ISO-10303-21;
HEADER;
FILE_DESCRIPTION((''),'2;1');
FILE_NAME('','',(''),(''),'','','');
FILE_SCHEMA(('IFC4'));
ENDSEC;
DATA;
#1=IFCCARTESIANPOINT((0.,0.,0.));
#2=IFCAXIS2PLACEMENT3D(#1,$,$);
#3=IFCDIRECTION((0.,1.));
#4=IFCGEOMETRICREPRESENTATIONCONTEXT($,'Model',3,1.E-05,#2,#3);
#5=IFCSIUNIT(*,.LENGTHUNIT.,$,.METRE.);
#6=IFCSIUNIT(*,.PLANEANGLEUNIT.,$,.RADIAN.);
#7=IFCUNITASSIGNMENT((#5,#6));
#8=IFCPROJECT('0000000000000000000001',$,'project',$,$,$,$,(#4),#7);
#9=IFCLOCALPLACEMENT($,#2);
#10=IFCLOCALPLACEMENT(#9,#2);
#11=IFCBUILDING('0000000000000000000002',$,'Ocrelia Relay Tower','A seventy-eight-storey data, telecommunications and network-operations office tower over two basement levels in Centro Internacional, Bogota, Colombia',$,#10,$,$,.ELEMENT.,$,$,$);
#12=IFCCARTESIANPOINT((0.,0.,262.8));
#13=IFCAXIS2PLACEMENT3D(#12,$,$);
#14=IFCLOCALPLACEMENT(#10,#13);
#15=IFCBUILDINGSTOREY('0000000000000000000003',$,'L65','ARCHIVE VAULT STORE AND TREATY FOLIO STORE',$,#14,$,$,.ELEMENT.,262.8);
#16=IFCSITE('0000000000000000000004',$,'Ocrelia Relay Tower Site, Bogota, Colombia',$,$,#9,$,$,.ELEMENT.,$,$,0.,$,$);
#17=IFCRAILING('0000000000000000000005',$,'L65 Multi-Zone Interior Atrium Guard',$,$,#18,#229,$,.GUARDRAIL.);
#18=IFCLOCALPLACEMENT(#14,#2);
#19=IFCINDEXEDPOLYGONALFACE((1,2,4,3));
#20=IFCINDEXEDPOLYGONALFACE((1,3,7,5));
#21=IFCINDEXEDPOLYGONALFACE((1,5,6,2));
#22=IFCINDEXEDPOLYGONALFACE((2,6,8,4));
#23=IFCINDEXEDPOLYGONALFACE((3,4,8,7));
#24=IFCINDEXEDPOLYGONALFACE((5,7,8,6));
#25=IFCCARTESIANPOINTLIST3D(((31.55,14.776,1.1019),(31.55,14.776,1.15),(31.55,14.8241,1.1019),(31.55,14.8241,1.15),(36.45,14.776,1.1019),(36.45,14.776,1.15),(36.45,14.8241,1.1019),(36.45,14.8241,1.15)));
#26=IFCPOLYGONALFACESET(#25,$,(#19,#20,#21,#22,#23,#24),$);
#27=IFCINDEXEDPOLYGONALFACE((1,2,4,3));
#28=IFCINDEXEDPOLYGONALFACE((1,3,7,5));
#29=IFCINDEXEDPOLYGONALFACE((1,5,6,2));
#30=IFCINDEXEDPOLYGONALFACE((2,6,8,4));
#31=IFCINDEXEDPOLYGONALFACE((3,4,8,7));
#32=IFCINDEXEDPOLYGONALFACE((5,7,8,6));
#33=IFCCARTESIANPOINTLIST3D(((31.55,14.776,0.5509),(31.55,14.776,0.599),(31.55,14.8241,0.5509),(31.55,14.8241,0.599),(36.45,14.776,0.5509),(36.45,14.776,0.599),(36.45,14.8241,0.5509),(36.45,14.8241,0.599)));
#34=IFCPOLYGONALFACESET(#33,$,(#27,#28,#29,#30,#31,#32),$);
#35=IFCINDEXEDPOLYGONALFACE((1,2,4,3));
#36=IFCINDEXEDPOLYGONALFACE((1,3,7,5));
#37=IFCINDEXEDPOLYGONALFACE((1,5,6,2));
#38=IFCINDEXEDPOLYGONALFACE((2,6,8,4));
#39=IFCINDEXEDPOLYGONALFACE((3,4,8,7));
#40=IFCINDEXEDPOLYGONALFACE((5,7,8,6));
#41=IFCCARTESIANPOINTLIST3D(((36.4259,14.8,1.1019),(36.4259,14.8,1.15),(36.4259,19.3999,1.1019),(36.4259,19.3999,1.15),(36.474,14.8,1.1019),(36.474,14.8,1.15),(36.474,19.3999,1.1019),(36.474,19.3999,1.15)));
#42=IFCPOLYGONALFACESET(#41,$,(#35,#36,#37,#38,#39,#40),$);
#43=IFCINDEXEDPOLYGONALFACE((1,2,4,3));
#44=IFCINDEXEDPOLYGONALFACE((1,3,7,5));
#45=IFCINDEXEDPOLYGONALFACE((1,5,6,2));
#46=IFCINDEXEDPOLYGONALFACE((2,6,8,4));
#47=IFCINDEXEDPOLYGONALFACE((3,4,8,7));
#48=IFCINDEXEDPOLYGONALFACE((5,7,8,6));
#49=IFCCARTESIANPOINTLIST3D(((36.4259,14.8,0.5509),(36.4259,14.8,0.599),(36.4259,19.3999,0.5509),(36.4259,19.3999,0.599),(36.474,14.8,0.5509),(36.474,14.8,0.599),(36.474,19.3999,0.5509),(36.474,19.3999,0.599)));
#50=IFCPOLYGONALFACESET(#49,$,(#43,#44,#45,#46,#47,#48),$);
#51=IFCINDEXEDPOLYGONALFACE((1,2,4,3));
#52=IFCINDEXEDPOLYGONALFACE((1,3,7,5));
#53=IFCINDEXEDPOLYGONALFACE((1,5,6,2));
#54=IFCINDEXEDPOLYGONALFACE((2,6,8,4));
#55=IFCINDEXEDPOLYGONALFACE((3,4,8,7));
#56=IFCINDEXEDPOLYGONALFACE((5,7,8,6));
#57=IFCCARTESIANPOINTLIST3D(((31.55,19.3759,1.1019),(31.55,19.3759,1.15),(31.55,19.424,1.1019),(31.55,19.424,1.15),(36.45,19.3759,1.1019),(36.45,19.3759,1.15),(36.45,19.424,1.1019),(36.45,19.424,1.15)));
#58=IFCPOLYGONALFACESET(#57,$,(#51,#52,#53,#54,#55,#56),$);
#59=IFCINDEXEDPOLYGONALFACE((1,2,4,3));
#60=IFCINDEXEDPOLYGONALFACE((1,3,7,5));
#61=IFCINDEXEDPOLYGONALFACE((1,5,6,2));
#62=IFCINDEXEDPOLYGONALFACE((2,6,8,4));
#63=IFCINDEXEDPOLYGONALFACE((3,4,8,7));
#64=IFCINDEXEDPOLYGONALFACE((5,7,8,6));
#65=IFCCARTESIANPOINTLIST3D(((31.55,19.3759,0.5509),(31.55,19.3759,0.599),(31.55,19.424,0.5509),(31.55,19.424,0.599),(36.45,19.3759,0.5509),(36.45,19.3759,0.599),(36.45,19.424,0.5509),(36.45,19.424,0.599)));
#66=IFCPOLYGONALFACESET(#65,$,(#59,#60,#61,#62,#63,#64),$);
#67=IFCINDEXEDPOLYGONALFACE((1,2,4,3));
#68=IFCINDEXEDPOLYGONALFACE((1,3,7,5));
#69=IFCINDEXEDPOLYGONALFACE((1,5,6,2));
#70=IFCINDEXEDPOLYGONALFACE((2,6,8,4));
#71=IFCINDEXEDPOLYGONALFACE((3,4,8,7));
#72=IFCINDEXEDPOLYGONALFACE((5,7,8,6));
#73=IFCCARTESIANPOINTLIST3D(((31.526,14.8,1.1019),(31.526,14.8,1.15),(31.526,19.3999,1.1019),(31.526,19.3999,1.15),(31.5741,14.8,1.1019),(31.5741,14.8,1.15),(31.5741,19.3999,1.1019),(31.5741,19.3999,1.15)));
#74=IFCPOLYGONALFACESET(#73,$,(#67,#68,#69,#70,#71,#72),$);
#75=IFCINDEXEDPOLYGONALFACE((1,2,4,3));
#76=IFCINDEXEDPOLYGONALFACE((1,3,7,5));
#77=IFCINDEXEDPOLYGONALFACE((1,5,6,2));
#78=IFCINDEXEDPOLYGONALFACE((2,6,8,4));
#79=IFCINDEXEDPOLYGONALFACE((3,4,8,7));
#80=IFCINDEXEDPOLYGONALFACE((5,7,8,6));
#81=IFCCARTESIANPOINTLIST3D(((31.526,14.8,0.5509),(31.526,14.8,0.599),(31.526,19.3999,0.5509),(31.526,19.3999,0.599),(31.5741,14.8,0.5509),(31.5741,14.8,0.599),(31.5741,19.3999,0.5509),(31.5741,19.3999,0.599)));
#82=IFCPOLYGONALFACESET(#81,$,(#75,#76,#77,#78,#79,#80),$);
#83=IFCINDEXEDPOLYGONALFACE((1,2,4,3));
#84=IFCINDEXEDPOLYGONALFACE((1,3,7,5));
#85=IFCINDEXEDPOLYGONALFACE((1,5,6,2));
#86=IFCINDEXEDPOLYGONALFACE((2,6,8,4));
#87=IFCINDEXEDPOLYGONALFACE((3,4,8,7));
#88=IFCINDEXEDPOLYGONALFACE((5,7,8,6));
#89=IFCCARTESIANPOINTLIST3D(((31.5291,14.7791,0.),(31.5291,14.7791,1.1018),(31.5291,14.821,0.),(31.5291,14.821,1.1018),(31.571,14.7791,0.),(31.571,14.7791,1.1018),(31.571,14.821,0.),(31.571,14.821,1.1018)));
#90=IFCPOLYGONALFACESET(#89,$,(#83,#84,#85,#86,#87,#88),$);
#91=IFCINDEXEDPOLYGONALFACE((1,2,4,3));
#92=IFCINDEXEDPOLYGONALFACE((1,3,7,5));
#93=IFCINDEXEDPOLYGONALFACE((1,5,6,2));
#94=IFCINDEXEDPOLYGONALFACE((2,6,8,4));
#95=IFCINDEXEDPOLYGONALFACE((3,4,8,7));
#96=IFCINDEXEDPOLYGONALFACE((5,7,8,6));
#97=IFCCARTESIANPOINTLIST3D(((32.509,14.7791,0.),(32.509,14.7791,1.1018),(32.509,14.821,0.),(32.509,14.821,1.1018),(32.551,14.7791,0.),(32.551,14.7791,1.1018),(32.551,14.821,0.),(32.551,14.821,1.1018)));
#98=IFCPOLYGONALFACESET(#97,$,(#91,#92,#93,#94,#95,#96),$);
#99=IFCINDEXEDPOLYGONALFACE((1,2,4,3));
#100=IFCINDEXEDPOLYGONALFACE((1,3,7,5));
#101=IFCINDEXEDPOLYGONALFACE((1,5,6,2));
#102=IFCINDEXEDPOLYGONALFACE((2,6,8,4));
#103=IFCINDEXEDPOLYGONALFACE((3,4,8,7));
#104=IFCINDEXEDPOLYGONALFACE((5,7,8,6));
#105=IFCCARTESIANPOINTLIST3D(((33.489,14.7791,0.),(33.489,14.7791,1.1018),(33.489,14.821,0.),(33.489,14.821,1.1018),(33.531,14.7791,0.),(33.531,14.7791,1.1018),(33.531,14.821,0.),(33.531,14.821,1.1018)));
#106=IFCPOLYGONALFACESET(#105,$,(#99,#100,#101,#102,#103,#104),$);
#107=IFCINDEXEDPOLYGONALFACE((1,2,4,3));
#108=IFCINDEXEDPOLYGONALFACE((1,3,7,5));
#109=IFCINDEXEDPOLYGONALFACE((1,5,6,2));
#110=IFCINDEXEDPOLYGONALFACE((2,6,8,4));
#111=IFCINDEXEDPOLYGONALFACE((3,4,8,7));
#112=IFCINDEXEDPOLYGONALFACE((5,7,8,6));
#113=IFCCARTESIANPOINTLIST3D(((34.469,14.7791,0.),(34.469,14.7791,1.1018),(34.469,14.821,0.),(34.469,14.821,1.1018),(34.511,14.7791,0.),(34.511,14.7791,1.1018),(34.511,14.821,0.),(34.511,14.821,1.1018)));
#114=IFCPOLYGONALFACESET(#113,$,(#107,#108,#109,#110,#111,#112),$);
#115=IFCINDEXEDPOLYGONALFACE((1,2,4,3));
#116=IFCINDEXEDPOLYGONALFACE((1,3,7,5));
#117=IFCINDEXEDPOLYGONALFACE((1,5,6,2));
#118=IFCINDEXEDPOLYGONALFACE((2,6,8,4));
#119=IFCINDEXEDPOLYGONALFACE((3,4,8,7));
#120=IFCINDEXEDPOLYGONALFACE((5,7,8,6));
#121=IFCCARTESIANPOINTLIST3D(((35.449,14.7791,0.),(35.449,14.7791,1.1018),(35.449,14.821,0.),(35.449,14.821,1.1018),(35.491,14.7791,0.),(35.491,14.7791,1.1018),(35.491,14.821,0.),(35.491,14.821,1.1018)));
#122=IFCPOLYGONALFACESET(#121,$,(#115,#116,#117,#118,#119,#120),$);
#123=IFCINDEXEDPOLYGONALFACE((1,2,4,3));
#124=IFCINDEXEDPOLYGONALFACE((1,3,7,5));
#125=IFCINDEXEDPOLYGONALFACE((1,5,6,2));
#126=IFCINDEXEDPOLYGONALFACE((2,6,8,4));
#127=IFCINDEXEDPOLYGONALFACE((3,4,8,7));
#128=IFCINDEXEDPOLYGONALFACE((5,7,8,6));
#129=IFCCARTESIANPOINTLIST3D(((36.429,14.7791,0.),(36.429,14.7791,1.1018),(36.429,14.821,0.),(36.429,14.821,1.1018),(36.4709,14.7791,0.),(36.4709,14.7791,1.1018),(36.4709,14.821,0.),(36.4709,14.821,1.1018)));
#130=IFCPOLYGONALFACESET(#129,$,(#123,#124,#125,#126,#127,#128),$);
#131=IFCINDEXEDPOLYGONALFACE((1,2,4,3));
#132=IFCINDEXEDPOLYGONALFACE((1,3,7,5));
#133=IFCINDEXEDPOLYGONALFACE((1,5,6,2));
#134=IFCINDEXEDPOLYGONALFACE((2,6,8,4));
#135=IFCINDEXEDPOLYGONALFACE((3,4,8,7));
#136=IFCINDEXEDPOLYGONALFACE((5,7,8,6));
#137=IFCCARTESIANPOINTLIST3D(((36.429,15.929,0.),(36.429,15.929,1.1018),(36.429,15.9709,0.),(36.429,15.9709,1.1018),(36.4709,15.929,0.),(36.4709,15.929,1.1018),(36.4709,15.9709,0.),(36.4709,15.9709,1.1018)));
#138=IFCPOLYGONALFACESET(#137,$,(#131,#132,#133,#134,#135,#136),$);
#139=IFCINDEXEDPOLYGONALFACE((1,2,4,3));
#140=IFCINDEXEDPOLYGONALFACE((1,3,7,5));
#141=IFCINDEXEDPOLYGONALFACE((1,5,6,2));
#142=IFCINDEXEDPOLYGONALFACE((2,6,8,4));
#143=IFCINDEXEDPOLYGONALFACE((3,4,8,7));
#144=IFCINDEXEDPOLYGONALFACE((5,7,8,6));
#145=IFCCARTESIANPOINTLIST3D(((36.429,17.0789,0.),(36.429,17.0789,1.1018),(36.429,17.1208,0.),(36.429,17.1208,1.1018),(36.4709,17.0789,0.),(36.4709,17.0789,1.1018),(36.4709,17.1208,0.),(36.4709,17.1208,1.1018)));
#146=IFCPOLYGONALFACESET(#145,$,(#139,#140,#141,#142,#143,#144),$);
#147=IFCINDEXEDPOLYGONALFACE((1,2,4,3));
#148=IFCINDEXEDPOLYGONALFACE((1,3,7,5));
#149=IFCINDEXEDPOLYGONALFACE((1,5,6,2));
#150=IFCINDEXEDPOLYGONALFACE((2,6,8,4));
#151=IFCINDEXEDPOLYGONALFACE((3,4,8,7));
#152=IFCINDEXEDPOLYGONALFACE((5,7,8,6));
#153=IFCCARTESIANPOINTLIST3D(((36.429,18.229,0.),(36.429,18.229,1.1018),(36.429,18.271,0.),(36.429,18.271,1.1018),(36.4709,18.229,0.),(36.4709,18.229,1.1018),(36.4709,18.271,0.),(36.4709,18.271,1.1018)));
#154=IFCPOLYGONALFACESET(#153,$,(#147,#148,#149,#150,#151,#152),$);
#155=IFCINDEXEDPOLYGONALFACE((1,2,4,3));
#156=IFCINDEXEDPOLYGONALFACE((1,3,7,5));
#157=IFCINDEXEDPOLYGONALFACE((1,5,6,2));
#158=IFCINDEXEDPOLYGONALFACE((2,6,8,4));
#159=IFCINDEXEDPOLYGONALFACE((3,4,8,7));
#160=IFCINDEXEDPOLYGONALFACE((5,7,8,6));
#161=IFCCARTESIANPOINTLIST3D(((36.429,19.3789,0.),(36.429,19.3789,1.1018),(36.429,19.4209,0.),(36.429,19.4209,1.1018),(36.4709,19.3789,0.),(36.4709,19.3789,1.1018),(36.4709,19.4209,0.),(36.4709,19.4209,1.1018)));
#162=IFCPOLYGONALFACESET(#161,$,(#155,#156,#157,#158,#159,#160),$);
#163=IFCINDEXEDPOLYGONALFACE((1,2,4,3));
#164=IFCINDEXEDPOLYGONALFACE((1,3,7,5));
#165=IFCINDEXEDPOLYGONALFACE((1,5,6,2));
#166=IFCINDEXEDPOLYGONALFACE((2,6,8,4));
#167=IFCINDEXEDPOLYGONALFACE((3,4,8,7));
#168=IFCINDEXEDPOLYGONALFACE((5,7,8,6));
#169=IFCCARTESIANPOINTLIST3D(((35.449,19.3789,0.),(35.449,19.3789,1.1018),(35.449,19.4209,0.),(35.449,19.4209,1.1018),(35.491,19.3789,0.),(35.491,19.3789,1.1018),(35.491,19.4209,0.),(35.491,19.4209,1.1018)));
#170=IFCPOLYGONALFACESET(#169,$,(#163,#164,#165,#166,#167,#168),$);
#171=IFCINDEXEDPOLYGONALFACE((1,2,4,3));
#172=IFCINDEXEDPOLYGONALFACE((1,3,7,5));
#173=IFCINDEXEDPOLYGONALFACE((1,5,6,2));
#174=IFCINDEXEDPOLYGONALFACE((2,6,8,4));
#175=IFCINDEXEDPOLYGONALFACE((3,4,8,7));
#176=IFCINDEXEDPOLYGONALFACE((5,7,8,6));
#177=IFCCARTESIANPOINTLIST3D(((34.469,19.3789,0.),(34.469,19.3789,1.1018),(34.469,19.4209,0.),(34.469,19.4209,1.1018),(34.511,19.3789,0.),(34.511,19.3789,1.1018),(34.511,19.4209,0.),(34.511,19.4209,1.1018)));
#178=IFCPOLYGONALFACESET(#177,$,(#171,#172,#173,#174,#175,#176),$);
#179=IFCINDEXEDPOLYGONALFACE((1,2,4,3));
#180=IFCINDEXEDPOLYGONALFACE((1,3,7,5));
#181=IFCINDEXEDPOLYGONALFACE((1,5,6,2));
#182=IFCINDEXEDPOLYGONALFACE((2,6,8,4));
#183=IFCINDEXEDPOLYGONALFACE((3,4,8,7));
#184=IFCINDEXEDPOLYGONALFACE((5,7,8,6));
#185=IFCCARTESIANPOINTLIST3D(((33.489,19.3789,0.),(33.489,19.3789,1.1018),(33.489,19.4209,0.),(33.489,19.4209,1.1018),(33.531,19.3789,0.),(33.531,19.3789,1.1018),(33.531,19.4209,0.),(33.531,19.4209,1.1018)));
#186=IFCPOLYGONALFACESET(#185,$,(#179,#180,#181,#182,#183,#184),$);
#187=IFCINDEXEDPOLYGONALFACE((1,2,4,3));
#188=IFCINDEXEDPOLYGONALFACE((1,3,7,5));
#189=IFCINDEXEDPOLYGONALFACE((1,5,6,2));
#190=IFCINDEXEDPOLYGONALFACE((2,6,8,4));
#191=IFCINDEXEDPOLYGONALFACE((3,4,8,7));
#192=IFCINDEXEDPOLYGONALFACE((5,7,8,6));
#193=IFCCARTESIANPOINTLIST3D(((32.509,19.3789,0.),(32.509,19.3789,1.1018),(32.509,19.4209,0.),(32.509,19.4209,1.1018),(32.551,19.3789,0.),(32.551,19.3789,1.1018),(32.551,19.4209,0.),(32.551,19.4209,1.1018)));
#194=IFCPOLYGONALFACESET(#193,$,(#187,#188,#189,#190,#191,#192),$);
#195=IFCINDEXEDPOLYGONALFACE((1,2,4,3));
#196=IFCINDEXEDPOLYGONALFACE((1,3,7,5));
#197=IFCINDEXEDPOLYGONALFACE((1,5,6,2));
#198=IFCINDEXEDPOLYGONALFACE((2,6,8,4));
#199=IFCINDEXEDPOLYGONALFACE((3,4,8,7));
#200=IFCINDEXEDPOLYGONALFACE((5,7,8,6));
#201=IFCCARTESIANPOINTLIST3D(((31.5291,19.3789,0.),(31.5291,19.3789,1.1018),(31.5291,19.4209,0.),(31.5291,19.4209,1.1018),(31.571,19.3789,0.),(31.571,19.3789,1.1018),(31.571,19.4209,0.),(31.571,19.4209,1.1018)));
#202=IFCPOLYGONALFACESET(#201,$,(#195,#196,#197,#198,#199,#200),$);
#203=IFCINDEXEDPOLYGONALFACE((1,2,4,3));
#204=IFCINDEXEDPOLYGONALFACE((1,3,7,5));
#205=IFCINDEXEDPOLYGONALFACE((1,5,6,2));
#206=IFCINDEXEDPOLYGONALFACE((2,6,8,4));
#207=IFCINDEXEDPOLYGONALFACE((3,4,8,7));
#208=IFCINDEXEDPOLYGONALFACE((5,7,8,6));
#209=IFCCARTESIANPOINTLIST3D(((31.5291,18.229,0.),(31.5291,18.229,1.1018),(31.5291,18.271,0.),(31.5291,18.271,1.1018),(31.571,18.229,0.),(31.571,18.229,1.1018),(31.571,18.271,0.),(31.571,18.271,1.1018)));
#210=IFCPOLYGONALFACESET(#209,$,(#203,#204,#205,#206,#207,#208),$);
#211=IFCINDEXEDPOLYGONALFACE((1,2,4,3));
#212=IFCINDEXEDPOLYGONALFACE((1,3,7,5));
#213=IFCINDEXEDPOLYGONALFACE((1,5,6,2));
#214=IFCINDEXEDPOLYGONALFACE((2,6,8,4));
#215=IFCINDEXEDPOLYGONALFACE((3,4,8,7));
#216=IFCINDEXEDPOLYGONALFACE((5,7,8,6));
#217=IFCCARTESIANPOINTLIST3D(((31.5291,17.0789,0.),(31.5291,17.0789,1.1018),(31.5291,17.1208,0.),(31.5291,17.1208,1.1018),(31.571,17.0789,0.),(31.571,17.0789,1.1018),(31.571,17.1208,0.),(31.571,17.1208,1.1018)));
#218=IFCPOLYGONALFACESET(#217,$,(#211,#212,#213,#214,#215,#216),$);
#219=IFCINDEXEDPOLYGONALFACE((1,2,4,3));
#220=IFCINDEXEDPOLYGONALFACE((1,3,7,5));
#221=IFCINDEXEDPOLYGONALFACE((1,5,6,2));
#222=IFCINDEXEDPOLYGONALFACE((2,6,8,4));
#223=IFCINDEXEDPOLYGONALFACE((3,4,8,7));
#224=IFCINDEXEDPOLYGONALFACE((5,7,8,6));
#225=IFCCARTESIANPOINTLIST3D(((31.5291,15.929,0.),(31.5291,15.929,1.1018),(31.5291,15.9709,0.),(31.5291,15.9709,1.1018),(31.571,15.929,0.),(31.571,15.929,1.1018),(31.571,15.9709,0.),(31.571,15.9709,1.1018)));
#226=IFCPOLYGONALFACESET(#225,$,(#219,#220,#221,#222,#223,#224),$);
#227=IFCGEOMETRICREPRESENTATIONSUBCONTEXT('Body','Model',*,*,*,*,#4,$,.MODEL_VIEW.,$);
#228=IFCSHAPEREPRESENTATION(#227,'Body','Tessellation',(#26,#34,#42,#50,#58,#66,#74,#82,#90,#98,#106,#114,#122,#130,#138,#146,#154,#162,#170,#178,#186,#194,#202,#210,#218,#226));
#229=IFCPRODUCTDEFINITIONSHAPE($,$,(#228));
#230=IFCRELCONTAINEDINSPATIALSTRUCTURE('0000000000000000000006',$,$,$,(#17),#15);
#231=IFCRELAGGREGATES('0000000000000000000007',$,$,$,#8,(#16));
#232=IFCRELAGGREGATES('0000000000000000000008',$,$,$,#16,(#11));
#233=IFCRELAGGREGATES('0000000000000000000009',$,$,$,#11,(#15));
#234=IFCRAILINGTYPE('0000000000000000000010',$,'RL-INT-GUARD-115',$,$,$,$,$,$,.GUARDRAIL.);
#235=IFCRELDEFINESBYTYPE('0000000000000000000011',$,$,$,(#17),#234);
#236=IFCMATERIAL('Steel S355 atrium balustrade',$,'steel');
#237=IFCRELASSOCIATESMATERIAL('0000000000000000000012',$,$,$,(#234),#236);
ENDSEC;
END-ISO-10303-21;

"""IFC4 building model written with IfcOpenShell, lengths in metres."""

from ifc_helpers import new_model, si_unit, direction, frame, origin, origin_2d, place, context, subcontext, project, spatial, rectangle, extrude, material, type_object, element, save


model = new_model("IFC4")

# Units and contexts
model_context = context("Model", 3, precision=1e-05, world=origin(), true_north=direction((0.0, 1.0)))
body_context = subcontext(model_context, "Body", "Model", "MODEL_VIEW")
ifc_project = project(units=[si_unit("LENGTHUNIT", "METRE"), si_unit("PLANEANGLEUNIT", "RADIAN")], contexts=[model_context])

# Site, building, storey
site_placement = place(None, origin())
site = spatial("IfcSite", under=ifc_project, at=site_placement, Name="Ocrelia Relay Tower Site, Bogota, Colombia", CompositionType="ELEMENT", RefElevation=0.0)
building_placement = place(site_placement, origin())
building = spatial("IfcBuilding", under=site, at=building_placement, Name="Ocrelia Relay Tower", Description="A seventy-eight-storey data, telecommunications and network-operations office tower over two basement levels in Centro Internacional, Bogota, Colombia", CompositionType="ELEMENT")
storey_placement = place(building_placement, frame((0.0, 0.0, 262.8)))
storey = spatial("IfcBuildingStorey", under=building, at=storey_placement, Name="L65", Description="ARCHIVE VAULT STORE AND TREATY FOLIO STORE", CompositionType="ELEMENT", Elevation=262.8)

# Railing
ifc_material_1 = material(Name="Steel S355 atrium balustrade", Category="steel")
railing_type = type_object("IfcRailingType", Name="RL-INT-GUARD-115", PredefinedType="GUARDRAIL", material=ifc_material_1)
railing_placement = place(storey_placement, frame((31.55, 14.8, 0.0)))
element("IfcRailing", 1, at=railing_placement, inside=storey, type_object=railing_type, Name="L65 Multi-Zone Interior Atrium Guard", PredefinedType="GUARDRAIL", context=body_context, shape_type="SweptSolid", body=[
    extrude(rectangle(XDim=0.0481, YDim=0.0481, at=origin_2d()), frame((0.0, 0.0, 1.126), z_axis=(1.0, 0.0, 0.0), x_axis=(0.0, 1.0, 0.0)), (0.0, 0.0, 1.0), 4.8999),
    extrude(rectangle(XDim=0.0481, YDim=0.0481, at=origin_2d()), frame((0.0, 0.0, 0.575), z_axis=(1.0, 0.0, 0.0), x_axis=(0.0, 1.0, 0.0)), (0.0, 0.0, 1.0), 4.8999),
    extrude(rectangle(XDim=0.0481, YDim=0.0481, at=origin_2d()), frame((4.8999, 0.0, 1.126), z_axis=(0.0, 1.0, 0.0), x_axis=(-1.0, 0.0, 0.0)), (0.0, 0.0, 1.0), 4.5999),
    extrude(rectangle(XDim=0.0481, YDim=0.0481, at=origin_2d()), frame((4.8999, 0.0, 0.575), z_axis=(0.0, 1.0, 0.0), x_axis=(-1.0, 0.0, 0.0)), (0.0, 0.0, 1.0), 4.5999),
    extrude(rectangle(XDim=0.0481, YDim=0.0481, at=origin_2d()), frame((4.8999, 4.5999, 1.126), z_axis=(-1.0, 0.0, 0.0), x_axis=(0.0, -1.0, 0.0)), (0.0, 0.0, 1.0), 4.8999),
    extrude(rectangle(XDim=0.0481, YDim=0.0481, at=origin_2d()), frame((4.8999, 4.5999, 0.575), z_axis=(-1.0, 0.0, 0.0), x_axis=(0.0, -1.0, 0.0)), (0.0, 0.0, 1.0), 4.8999),
    extrude(rectangle(XDim=0.0481, YDim=0.0481, at=origin_2d()), frame((0.0, 4.5999, 1.126), z_axis=(0.0, -1.0, 0.0), x_axis=(1.0, 0.0, 0.0)), (0.0, 0.0, 1.0), 4.5999),
    extrude(rectangle(XDim=0.0481, YDim=0.0481, at=origin_2d()), frame((0.0, 4.5999, 0.575), z_axis=(0.0, -1.0, 0.0), x_axis=(1.0, 0.0, 0.0)), (0.0, 0.0, 1.0), 4.5999),
    extrude(rectangle(XDim=0.042, YDim=0.042, at=origin_2d()), origin(), (0.0, 0.0, 1.0), 1.1018),
    extrude(rectangle(XDim=0.042, YDim=0.042, at=origin_2d()), frame((0.98, 0.0, 0.0)), (0.0, 0.0, 1.0), 1.1018),
    extrude(rectangle(XDim=0.042, YDim=0.042, at=origin_2d()), frame((1.96, 0.0, 0.0)), (0.0, 0.0, 1.0), 1.1018),
    extrude(rectangle(XDim=0.042, YDim=0.042, at=origin_2d()), frame((2.9399, 0.0, 0.0)), (0.0, 0.0, 1.0), 1.1018),
    extrude(rectangle(XDim=0.042, YDim=0.042, at=origin_2d()), frame((3.9199, 0.0, 0.0)), (0.0, 0.0, 1.0), 1.1018),
    extrude(rectangle(XDim=0.042, YDim=0.042, at=origin_2d()), frame((4.8999, 0.0, 0.0)), (0.0, 0.0, 1.0), 1.1018),
    extrude(rectangle(XDim=0.042, YDim=0.042, at=origin_2d()), frame((4.8999, 1.1499, 0.0)), (0.0, 0.0, 1.0), 1.1018),
    extrude(rectangle(XDim=0.042, YDim=0.042, at=origin_2d()), frame((4.8999, 2.2998, 0.0)), (0.0, 0.0, 1.0), 1.1018),
    extrude(rectangle(XDim=0.042, YDim=0.042, at=origin_2d()), frame((4.8999, 3.45, 0.0)), (0.0, 0.0, 1.0), 1.1018),
    extrude(rectangle(XDim=0.042, YDim=0.042, at=origin_2d()), frame((4.8999, 4.5999, 0.0)), (0.0, 0.0, 1.0), 1.1018),
    extrude(rectangle(XDim=0.042, YDim=0.042, at=origin_2d()), frame((3.9199, 4.5999, 0.0)), (0.0, 0.0, 1.0), 1.1018),
    extrude(rectangle(XDim=0.042, YDim=0.042, at=origin_2d()), frame((2.9399, 4.5999, 0.0)), (0.0, 0.0, 1.0), 1.1018),
    extrude(rectangle(XDim=0.042, YDim=0.042, at=origin_2d()), frame((1.96, 4.5999, 0.0)), (0.0, 0.0, 1.0), 1.1018),
    extrude(rectangle(XDim=0.042, YDim=0.042, at=origin_2d()), frame((0.98, 4.5999, 0.0)), (0.0, 0.0, 1.0), 1.1018),
    extrude(rectangle(XDim=0.042, YDim=0.042, at=origin_2d()), frame((0.0, 4.5999, 0.0)), (0.0, 0.0, 1.0), 1.1018),
    extrude(rectangle(XDim=0.042, YDim=0.042, at=origin_2d()), frame((0.0, 3.45, 0.0)), (0.0, 0.0, 1.0), 1.1018),
    extrude(rectangle(XDim=0.042, YDim=0.042, at=origin_2d()), frame((0.0, 2.2998, 0.0)), (0.0, 0.0, 1.0), 1.1018),
    extrude(rectangle(XDim=0.042, YDim=0.042, at=origin_2d()), frame((0.0, 1.1499, 0.0)), (0.0, 0.0, 1.0), 1.1018),
])

save(model, "model.ifc")
